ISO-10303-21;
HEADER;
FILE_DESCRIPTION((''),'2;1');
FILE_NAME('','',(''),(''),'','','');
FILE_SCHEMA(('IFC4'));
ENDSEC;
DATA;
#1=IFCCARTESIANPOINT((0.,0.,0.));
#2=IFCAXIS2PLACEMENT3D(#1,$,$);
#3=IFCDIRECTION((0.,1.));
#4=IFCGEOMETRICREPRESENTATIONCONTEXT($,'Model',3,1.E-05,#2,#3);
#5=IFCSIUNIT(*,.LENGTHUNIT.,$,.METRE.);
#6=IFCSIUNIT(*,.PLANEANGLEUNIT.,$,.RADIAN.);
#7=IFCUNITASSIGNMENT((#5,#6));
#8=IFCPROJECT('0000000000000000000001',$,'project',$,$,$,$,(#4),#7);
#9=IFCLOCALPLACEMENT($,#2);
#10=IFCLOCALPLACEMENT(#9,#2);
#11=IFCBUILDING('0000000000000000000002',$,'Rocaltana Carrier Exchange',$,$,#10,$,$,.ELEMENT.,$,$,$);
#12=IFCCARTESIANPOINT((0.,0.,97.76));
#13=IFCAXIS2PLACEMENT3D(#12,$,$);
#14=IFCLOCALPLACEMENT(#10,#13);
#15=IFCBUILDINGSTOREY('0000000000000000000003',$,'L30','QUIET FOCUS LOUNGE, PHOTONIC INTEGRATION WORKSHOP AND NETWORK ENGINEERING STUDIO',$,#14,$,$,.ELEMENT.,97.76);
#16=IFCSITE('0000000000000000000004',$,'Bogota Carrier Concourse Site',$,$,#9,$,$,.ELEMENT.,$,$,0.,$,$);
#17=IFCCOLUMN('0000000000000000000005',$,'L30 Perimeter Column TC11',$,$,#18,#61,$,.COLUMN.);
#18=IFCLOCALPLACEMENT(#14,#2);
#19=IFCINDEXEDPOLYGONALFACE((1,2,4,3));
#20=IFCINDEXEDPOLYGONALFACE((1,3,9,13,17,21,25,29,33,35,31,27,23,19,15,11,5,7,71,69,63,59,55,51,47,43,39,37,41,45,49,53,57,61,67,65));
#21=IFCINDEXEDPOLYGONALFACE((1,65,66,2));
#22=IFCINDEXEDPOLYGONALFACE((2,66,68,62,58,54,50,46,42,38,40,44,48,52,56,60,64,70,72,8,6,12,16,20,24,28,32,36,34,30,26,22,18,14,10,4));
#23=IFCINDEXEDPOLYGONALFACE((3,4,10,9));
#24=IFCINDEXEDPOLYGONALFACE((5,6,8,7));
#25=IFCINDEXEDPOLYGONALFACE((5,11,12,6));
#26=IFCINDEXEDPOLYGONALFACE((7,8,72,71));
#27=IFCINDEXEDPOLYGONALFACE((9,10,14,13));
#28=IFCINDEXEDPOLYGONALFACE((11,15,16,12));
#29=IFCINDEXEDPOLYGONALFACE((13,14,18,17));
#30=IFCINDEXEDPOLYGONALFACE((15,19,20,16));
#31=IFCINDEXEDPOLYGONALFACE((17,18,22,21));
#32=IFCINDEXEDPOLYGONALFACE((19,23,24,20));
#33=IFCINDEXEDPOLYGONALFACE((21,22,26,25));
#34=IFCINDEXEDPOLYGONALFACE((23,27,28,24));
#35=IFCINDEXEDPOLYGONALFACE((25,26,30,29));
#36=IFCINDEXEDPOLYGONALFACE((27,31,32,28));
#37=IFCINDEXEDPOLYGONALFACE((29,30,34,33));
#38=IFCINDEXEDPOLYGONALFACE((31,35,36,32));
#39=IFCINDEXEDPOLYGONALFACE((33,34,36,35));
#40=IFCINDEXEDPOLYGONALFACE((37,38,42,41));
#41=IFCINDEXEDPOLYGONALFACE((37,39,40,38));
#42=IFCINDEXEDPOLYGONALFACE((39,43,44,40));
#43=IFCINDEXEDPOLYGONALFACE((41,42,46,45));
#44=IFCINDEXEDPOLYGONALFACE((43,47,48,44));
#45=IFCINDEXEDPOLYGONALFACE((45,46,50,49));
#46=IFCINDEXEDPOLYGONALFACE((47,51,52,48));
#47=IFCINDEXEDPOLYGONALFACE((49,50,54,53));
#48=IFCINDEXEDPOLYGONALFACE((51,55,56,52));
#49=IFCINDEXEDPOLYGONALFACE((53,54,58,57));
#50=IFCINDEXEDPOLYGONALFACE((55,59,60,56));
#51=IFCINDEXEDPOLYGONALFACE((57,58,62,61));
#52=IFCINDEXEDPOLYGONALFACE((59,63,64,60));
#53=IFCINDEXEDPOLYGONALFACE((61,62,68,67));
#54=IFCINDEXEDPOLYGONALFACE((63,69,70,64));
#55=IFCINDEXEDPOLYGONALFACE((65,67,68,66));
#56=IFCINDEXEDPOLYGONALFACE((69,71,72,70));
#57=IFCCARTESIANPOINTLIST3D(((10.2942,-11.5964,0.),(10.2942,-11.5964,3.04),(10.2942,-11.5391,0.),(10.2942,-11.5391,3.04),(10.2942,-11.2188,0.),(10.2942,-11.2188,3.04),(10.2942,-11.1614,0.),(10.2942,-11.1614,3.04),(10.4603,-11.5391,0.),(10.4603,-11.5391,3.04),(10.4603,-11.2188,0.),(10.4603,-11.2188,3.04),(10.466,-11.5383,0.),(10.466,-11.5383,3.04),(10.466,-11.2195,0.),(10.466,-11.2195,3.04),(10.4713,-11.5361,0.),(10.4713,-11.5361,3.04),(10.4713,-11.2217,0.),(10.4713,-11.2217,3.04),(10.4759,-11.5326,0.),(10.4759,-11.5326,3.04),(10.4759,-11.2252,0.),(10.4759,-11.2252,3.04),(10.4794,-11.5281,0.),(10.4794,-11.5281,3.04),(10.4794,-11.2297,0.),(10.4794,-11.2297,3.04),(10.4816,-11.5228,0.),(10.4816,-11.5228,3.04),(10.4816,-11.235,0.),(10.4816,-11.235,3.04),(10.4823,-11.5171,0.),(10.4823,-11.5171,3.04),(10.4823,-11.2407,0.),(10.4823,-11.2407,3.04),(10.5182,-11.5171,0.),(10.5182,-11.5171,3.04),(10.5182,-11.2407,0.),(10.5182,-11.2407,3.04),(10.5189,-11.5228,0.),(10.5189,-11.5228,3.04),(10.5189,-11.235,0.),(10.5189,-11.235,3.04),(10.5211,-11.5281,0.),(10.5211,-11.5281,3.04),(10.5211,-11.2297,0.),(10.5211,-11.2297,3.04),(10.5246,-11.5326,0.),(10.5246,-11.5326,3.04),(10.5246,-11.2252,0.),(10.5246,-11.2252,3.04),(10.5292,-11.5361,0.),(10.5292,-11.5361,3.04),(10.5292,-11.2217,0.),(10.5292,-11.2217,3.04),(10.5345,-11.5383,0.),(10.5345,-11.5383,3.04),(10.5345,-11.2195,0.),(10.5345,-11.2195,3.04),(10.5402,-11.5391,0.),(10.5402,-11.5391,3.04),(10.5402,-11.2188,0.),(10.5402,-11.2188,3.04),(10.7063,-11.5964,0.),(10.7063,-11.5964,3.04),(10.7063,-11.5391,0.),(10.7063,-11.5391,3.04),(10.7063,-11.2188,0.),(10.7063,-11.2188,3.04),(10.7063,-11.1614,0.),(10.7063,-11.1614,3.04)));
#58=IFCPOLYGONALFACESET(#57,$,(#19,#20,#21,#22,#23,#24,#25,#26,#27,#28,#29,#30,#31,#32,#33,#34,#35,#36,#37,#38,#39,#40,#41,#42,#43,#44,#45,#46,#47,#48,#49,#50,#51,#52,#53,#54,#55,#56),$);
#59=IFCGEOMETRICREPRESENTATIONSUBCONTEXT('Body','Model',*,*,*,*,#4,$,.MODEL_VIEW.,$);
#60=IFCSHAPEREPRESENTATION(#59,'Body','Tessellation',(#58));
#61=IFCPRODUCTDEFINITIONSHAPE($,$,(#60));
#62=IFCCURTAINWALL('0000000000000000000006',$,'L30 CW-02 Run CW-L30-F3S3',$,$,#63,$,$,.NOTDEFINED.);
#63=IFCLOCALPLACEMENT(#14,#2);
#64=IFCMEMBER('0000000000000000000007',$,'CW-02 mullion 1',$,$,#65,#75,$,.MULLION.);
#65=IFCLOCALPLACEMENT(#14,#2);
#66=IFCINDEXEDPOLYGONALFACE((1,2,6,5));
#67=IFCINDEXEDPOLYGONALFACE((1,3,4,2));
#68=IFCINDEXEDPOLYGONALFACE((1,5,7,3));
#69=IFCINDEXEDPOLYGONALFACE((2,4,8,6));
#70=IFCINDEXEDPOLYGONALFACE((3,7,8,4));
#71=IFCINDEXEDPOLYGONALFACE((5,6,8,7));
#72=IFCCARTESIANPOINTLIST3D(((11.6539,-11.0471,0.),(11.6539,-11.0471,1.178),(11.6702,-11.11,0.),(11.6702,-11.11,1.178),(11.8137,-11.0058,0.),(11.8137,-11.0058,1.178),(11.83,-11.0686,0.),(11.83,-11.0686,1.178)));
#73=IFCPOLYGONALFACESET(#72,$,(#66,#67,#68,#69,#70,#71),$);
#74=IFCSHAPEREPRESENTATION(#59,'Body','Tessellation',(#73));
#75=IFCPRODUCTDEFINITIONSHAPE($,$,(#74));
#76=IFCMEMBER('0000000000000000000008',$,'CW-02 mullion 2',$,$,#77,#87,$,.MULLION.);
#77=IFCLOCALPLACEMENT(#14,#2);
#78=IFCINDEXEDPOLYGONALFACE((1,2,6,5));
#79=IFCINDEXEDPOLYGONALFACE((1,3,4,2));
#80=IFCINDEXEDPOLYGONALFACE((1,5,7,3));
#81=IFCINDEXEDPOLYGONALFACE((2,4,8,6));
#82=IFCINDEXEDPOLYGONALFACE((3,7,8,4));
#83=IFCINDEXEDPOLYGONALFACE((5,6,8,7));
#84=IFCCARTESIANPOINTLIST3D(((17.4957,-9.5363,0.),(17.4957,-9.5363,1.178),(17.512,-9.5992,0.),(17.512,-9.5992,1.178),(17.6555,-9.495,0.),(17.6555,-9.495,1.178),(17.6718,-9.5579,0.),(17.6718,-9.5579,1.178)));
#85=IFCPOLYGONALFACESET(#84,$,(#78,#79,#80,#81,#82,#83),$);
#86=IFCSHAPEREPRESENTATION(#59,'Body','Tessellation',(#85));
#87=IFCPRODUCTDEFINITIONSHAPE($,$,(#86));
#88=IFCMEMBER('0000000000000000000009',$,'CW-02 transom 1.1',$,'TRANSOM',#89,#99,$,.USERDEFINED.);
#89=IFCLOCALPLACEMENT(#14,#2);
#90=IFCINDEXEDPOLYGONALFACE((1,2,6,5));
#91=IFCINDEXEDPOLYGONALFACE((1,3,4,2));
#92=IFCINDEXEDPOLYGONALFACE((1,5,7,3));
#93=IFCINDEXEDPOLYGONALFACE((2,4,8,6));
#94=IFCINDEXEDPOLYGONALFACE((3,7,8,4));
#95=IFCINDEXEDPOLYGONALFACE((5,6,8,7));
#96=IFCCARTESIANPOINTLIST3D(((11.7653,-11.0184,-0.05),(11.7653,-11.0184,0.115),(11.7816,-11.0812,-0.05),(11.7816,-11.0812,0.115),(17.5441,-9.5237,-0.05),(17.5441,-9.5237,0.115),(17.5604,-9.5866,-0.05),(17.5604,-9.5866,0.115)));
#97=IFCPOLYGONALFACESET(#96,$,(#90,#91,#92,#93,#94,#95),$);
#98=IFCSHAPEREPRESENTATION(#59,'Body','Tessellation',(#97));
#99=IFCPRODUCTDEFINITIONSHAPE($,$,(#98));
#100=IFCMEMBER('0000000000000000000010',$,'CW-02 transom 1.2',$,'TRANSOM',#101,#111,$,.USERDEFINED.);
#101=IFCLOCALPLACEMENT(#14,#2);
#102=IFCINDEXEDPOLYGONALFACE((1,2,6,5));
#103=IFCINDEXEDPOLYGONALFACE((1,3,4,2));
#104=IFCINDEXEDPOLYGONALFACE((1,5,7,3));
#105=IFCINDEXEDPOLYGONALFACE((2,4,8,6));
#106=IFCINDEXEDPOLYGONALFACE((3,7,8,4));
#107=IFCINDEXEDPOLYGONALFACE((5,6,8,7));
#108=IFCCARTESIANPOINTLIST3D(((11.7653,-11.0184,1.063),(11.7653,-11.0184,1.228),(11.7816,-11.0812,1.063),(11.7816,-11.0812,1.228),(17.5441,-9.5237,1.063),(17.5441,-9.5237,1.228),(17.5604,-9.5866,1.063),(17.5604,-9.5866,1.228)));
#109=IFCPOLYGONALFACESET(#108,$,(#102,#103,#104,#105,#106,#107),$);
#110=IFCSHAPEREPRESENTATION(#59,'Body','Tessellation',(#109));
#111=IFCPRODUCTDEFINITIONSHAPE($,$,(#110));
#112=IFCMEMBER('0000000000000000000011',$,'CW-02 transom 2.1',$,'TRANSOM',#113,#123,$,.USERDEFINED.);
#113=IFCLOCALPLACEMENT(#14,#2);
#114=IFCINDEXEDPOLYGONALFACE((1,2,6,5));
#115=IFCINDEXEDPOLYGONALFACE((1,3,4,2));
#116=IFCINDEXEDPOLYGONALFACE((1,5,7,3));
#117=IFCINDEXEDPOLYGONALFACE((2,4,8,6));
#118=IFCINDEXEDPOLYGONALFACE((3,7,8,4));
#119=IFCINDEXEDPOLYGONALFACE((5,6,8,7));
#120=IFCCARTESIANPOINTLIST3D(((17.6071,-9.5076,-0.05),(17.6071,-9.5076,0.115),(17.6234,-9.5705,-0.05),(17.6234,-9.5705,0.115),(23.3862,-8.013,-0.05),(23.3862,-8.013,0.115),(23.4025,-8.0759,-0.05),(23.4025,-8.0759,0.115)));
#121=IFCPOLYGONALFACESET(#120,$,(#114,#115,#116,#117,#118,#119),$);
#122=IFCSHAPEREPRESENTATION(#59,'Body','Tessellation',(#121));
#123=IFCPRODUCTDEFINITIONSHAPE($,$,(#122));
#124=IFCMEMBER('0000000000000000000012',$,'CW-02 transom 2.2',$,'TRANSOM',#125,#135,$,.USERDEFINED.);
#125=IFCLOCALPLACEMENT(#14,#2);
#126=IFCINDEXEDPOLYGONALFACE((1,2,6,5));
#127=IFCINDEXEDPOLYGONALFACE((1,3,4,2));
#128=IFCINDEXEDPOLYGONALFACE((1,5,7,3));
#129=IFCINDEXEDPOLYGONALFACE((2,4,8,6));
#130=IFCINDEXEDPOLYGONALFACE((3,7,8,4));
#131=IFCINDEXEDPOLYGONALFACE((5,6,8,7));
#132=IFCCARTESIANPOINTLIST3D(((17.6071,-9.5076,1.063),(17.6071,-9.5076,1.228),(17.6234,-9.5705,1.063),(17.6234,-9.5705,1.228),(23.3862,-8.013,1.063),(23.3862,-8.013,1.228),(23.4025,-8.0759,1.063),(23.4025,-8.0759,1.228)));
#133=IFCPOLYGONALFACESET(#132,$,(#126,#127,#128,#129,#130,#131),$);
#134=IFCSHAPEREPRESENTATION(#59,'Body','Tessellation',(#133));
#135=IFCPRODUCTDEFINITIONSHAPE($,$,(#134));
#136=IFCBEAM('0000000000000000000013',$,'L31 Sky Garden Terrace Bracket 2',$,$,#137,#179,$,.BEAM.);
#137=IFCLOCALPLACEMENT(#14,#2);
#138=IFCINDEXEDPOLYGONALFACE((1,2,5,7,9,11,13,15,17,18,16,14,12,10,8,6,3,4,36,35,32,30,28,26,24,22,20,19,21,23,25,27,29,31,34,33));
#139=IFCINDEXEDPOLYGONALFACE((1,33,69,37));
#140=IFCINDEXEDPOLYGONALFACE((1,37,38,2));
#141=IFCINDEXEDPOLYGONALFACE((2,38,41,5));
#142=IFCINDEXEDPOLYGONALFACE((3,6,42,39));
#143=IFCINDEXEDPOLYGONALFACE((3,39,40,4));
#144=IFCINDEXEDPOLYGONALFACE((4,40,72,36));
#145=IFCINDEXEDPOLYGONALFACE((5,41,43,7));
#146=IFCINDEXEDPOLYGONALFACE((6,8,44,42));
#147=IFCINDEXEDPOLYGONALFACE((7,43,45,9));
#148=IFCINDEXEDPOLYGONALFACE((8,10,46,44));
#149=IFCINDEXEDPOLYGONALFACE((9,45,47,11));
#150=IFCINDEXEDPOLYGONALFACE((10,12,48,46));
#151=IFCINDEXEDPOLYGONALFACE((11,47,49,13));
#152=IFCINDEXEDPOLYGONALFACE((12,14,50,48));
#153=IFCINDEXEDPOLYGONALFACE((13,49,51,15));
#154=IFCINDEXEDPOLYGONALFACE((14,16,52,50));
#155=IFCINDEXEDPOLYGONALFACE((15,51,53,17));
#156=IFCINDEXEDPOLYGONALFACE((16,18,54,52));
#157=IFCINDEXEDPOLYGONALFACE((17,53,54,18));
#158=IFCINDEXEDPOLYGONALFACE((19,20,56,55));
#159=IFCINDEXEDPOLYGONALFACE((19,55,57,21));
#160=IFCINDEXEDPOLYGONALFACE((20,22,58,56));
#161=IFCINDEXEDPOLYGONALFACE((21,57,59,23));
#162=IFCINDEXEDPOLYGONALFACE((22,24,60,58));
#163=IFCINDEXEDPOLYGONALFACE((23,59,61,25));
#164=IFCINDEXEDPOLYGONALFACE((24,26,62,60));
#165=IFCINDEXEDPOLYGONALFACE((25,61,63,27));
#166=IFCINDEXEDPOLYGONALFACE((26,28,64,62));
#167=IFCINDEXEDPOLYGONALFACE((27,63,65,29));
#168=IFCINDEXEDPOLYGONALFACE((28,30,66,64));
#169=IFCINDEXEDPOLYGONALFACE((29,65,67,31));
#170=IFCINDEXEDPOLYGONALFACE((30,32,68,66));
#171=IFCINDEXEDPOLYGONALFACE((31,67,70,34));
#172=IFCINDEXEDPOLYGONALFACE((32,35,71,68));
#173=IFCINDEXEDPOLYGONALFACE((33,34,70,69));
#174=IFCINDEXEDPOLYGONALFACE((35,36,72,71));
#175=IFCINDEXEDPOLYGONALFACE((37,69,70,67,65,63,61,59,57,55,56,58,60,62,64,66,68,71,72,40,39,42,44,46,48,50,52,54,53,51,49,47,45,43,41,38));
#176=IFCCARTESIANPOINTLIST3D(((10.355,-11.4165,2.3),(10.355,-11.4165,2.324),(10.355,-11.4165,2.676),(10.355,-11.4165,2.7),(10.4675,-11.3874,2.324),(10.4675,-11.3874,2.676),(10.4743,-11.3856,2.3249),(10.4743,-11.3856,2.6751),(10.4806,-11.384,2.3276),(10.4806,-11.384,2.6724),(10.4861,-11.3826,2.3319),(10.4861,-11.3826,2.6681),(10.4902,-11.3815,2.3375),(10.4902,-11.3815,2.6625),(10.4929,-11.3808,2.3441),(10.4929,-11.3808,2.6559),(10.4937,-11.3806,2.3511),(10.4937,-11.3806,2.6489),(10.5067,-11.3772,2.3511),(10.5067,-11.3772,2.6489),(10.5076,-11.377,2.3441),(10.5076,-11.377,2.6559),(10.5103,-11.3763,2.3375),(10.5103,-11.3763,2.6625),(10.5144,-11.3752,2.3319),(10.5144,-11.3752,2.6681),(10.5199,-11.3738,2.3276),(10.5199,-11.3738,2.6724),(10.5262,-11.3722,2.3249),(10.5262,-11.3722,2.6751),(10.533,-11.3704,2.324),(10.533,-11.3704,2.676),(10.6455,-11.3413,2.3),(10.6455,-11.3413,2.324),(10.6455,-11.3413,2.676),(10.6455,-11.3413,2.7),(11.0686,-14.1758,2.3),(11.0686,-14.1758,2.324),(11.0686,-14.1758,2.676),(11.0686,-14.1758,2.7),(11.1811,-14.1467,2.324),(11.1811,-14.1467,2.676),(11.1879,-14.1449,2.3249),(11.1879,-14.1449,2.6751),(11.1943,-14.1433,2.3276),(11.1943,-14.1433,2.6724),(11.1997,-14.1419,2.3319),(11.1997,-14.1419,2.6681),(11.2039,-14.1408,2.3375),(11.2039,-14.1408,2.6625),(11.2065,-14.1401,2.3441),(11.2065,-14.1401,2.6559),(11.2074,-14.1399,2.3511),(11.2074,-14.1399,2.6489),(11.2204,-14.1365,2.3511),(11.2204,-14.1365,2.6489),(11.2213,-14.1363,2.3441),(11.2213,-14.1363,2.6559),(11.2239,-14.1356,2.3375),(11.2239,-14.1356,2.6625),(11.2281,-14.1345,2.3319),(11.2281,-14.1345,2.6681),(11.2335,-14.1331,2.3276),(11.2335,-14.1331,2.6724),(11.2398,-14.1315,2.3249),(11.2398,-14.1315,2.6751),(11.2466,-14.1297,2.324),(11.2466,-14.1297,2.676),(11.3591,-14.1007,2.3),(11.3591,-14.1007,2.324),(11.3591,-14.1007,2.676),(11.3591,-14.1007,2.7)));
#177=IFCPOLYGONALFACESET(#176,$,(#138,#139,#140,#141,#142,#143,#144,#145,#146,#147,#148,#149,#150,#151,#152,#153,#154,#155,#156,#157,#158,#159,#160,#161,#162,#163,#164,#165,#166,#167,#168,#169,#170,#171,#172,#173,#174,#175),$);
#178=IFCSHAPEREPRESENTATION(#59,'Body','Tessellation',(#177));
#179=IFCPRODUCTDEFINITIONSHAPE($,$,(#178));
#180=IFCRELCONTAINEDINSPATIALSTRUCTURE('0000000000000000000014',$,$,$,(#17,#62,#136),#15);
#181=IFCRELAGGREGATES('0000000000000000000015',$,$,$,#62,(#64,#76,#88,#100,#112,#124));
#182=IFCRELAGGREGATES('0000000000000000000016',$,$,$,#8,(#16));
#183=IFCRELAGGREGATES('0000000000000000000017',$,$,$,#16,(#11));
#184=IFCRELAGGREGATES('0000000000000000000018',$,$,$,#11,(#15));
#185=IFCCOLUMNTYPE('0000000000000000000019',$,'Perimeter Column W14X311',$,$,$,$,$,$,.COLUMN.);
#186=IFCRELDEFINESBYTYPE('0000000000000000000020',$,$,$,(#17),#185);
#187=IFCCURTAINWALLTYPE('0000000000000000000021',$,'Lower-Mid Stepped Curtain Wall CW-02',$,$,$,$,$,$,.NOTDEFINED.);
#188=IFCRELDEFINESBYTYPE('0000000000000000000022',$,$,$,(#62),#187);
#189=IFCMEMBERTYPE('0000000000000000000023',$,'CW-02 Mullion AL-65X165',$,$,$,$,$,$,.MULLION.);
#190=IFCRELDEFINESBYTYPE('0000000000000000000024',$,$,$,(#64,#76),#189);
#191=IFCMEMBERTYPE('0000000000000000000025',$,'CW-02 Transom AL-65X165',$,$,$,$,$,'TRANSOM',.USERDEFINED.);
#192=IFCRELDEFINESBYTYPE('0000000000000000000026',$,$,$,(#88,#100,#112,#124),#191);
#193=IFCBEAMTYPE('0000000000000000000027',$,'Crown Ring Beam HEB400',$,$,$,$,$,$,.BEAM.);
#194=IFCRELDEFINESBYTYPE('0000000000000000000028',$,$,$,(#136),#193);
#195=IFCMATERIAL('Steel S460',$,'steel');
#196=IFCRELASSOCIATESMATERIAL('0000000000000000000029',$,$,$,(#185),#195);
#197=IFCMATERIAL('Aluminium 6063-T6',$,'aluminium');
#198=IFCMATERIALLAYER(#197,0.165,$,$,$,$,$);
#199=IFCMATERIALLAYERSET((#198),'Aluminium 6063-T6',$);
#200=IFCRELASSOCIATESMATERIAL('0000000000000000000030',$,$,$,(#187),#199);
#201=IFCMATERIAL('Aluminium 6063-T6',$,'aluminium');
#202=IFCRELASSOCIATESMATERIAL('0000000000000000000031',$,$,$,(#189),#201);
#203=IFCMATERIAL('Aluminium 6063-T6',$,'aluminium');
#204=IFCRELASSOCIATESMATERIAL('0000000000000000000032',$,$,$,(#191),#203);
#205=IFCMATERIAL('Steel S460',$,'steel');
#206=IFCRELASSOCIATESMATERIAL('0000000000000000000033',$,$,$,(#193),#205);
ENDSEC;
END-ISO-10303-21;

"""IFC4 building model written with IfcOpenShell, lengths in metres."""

from ifc_helpers import new_model, si_unit, direction, frame, origin, origin_2d, place, context, subcontext, project, spatial, rectangle, i_section, extrude, material, layer, layer_set, material_profile, profile_set, type_object, element, aggregate, save


model = new_model("IFC4")

# Units and contexts
model_context = context("Model", 3, precision=1e-05, world=origin(), true_north=direction((0.0, 1.0)))
body_context = subcontext(model_context, "Body", "Model", "MODEL_VIEW")
ifc_project = project(units=[si_unit("LENGTHUNIT", "METRE"), si_unit("PLANEANGLEUNIT", "RADIAN")], contexts=[model_context])

# Site, building, storey
site_placement = place(None, origin())
site = spatial("IfcSite", under=ifc_project, at=site_placement, Name="Bogota Carrier Concourse Site", CompositionType="ELEMENT", RefElevation=0.0)
building_placement = place(site_placement, origin())
building = spatial("IfcBuilding", under=site, at=building_placement, Name="Rocaltana Carrier Exchange", CompositionType="ELEMENT")
storey_placement = place(building_placement, frame((0.0, 0.0, 97.76)))
storey = spatial("IfcBuildingStorey", under=building, at=storey_placement, Name="L30", Description="QUIET FOCUS LOUNGE, PHOTONIC INTEGRATION WORKSHOP AND NETWORK ENGINEERING STUDIO", CompositionType="ELEMENT", Elevation=97.76)

# Column
ifc_material_1 = material(Name="Steel S460", Category="steel")
ifc_material_profile_1 = material_profile(ifc_material_1, i_section(OverallWidth=0.4121, OverallDepth=0.4351, WebThickness=0.0359, FlangeThickness=0.0574, FilletRadius=0.022, at=origin_2d()), Name="W14X311")
ifc_profile_set_1 = profile_set([ifc_material_profile_1], Name="Steel S460")
column_type = type_object("IfcColumnType", Name="Perimeter Column W14X311", PredefinedType="COLUMN", material=ifc_profile_set_1)
column_placement = place(storey_placement, frame((10.5002, -11.3789, 0.0), z_axis=(0.0, 0.0, 1.0), x_axis=(1.0, 0.0, 0.0)))
element("IfcColumn", 1, at=column_placement, inside=storey, type_object=column_type, Name="L30 Perimeter Column TC11", PredefinedType="COLUMN", context=body_context, shape_type="SweptSolid", body=[
    extrude(i_section(OverallWidth=0.4121, OverallDepth=0.4351, WebThickness=0.0359, FlangeThickness=0.0574, FilletRadius=0.022, at=origin_2d()), origin(), (0.0, 0.0, 1.0), 3.04),
])

# Curtain wall, members
ifc_material_2 = material(Name="Aluminium 6063-T6", Category="aluminium")
ifc_layer_1 = layer(ifc_material_2, 0.165)
ifc_layer_set_1 = layer_set([ifc_layer_1], Name="Aluminium 6063-T6")
curtain_wall_type = type_object("IfcCurtainWallType", Name="Lower-Mid Stepped Curtain Wall CW-02", PredefinedType="NOTDEFINED", material=ifc_layer_set_1)
curtain_wall_placement = place(storey_placement, origin())
curtain_wall = element("IfcCurtainWall", 2, at=curtain_wall_placement, inside=storey, type_object=curtain_wall_type, Name="L30 CW-02 Run CW-L30-F3S3", PredefinedType="NOTDEFINED")
ifc_material_3 = material(Name="Aluminium 6063-T6", Category="aluminium")
ifc_material_profile_2 = material_profile(ifc_material_3, rectangle(XDim=0.0649, YDim=0.165, at=origin_2d()), Name="AL-65X165")
ifc_profile_set_2 = profile_set([ifc_material_profile_2], Name="Aluminium 6063-T6")
member_type_1 = type_object("IfcMemberType", Name="CW-02 Mullion AL-65X165", PredefinedType="MULLION", material=ifc_profile_set_2)
member_1_placement = place(storey_placement, frame((11.7419, -11.0579, 0.0), z_axis=(0.0, 0.0, 1.0), x_axis=(-0.25037, 0.96815, 0.0)))
member_1 = element("IfcMember", 3, at=member_1_placement, type_object=member_type_1, Name="CW-02 mullion 1", PredefinedType="MULLION", context=body_context, shape_type="SweptSolid", body=[
    extrude(rectangle(XDim=0.0649, YDim=0.165, at=origin_2d()), origin(), (0.0, 0.0, 1.0), 1.178),
])
member_2_placement = place(storey_placement, frame((17.5837, -9.5471, 0.0), z_axis=(0.0, 0.0, 1.0), x_axis=(-0.25037, 0.96815, 0.0)))
member_2 = element("IfcMember", 4, at=member_2_placement, type_object=member_type_1, Name="CW-02 mullion 2", PredefinedType="MULLION", context=body_context, shape_type="SweptSolid", body=[
    extrude(rectangle(XDim=0.0649, YDim=0.165, at=origin_2d()), origin(), (0.0, 0.0, 1.0), 1.178),
])
ifc_material_4 = material(Name="Aluminium 6063-T6", Category="aluminium")
ifc_material_profile_3 = material_profile(ifc_material_4, rectangle(XDim=0.0649, YDim=0.165, at=origin_2d()), Name="AL-65X165")
ifc_profile_set_3 = profile_set([ifc_material_profile_3], Name="Aluminium 6063-T6")
member_type_2 = type_object("IfcMemberType", Name="CW-02 Transom AL-65X165", ElementType="TRANSOM", PredefinedType="USERDEFINED", material=ifc_profile_set_3)
member_3_placement = place(storey_placement, frame((11.7734, -11.0498, 0.0325), z_axis=(0.968142, 0.2504, 0.0), x_axis=(-0.2504, 0.968142, 0.0)))
member_3 = element("IfcMember", 5, at=member_3_placement, type_object=member_type_2, Name="CW-02 transom 1.1", ObjectType="TRANSOM", PredefinedType="USERDEFINED", context=body_context, shape_type="SweptSolid", body=[
    extrude(rectangle(XDim=0.0649, YDim=0.165, at=origin_2d()), origin(), (0.0, 0.0, 1.0), 5.969),
])
member_4_placement = place(storey_placement, frame((11.7734, -11.0498, 1.1455), z_axis=(0.968142, 0.2504, 0.0), x_axis=(-0.2504, 0.968142, 0.0)))
member_4 = element("IfcMember", 6, at=member_4_placement, type_object=member_type_2, Name="CW-02 transom 1.2", ObjectType="TRANSOM", PredefinedType="USERDEFINED", context=body_context, shape_type="SweptSolid", body=[
    extrude(rectangle(XDim=0.0649, YDim=0.165, at=origin_2d()), origin(), (0.0, 0.0, 1.0), 5.969),
])
member_5_placement = place(storey_placement, frame((17.6152, -9.5391, 0.0325), z_axis=(0.968145, 0.25039, 0.0), x_axis=(-0.25039, 0.968145, 0.0)))
member_5 = element("IfcMember", 7, at=member_5_placement, type_object=member_type_2, Name="CW-02 transom 2.1", ObjectType="TRANSOM", PredefinedType="USERDEFINED", context=body_context, shape_type="SweptSolid", body=[
    extrude(rectangle(XDim=0.0649, YDim=0.165, at=origin_2d()), origin(), (0.0, 0.0, 1.0), 5.9692),
])
member_6_placement = place(storey_placement, frame((17.6152, -9.5391, 1.1455), z_axis=(0.968145, 0.25039, 0.0), x_axis=(-0.25039, 0.968145, 0.0)))
member_6 = element("IfcMember", 8, at=member_6_placement, type_object=member_type_2, Name="CW-02 transom 2.2", ObjectType="TRANSOM", PredefinedType="USERDEFINED", context=body_context, shape_type="SweptSolid", body=[
    extrude(rectangle(XDim=0.0649, YDim=0.165, at=origin_2d()), origin(), (0.0, 0.0, 1.0), 5.9692),
])

# Beam
ifc_material_5 = material(Name="Steel S460", Category="steel")
ifc_material_profile_4 = material_profile(ifc_material_5, i_section(OverallWidth=0.3, OverallDepth=0.3999, WebThickness=0.0134, FlangeThickness=0.0239, FilletRadius=0.0271, at=origin_2d()), Name="HEB400")
ifc_profile_set_4 = profile_set([ifc_material_profile_4], Name="Steel S460")
beam_type_1 = type_object("IfcBeamType", Name="Crown Ring Beam HEB400", PredefinedType="BEAM", material=ifc_profile_set_4)
beam_1_placement = place(storey_placement, frame((10.5002, -11.3789, 2.5), z_axis=(0.250388, -0.968145, 0.0), x_axis=(0.968145, 0.250388, 0.0)))
element("IfcBeam", 9, at=beam_1_placement, inside=storey, type_object=beam_type_1, Name="L31 Sky Garden Terrace Bracket 2", PredefinedType="BEAM", context=body_context, shape_type="SweptSolid", body=[
    extrude(i_section(OverallWidth=0.3, OverallDepth=0.3999, WebThickness=0.0134, FlangeThickness=0.0239, FilletRadius=0.0271, at=origin_2d()), origin(), (0.0, 0.0, 1.0), 2.8501),
])

aggregate(curtain_wall, [member_1, member_2, member_3, member_4, member_5, member_6])

save(model, "model.ifc")
